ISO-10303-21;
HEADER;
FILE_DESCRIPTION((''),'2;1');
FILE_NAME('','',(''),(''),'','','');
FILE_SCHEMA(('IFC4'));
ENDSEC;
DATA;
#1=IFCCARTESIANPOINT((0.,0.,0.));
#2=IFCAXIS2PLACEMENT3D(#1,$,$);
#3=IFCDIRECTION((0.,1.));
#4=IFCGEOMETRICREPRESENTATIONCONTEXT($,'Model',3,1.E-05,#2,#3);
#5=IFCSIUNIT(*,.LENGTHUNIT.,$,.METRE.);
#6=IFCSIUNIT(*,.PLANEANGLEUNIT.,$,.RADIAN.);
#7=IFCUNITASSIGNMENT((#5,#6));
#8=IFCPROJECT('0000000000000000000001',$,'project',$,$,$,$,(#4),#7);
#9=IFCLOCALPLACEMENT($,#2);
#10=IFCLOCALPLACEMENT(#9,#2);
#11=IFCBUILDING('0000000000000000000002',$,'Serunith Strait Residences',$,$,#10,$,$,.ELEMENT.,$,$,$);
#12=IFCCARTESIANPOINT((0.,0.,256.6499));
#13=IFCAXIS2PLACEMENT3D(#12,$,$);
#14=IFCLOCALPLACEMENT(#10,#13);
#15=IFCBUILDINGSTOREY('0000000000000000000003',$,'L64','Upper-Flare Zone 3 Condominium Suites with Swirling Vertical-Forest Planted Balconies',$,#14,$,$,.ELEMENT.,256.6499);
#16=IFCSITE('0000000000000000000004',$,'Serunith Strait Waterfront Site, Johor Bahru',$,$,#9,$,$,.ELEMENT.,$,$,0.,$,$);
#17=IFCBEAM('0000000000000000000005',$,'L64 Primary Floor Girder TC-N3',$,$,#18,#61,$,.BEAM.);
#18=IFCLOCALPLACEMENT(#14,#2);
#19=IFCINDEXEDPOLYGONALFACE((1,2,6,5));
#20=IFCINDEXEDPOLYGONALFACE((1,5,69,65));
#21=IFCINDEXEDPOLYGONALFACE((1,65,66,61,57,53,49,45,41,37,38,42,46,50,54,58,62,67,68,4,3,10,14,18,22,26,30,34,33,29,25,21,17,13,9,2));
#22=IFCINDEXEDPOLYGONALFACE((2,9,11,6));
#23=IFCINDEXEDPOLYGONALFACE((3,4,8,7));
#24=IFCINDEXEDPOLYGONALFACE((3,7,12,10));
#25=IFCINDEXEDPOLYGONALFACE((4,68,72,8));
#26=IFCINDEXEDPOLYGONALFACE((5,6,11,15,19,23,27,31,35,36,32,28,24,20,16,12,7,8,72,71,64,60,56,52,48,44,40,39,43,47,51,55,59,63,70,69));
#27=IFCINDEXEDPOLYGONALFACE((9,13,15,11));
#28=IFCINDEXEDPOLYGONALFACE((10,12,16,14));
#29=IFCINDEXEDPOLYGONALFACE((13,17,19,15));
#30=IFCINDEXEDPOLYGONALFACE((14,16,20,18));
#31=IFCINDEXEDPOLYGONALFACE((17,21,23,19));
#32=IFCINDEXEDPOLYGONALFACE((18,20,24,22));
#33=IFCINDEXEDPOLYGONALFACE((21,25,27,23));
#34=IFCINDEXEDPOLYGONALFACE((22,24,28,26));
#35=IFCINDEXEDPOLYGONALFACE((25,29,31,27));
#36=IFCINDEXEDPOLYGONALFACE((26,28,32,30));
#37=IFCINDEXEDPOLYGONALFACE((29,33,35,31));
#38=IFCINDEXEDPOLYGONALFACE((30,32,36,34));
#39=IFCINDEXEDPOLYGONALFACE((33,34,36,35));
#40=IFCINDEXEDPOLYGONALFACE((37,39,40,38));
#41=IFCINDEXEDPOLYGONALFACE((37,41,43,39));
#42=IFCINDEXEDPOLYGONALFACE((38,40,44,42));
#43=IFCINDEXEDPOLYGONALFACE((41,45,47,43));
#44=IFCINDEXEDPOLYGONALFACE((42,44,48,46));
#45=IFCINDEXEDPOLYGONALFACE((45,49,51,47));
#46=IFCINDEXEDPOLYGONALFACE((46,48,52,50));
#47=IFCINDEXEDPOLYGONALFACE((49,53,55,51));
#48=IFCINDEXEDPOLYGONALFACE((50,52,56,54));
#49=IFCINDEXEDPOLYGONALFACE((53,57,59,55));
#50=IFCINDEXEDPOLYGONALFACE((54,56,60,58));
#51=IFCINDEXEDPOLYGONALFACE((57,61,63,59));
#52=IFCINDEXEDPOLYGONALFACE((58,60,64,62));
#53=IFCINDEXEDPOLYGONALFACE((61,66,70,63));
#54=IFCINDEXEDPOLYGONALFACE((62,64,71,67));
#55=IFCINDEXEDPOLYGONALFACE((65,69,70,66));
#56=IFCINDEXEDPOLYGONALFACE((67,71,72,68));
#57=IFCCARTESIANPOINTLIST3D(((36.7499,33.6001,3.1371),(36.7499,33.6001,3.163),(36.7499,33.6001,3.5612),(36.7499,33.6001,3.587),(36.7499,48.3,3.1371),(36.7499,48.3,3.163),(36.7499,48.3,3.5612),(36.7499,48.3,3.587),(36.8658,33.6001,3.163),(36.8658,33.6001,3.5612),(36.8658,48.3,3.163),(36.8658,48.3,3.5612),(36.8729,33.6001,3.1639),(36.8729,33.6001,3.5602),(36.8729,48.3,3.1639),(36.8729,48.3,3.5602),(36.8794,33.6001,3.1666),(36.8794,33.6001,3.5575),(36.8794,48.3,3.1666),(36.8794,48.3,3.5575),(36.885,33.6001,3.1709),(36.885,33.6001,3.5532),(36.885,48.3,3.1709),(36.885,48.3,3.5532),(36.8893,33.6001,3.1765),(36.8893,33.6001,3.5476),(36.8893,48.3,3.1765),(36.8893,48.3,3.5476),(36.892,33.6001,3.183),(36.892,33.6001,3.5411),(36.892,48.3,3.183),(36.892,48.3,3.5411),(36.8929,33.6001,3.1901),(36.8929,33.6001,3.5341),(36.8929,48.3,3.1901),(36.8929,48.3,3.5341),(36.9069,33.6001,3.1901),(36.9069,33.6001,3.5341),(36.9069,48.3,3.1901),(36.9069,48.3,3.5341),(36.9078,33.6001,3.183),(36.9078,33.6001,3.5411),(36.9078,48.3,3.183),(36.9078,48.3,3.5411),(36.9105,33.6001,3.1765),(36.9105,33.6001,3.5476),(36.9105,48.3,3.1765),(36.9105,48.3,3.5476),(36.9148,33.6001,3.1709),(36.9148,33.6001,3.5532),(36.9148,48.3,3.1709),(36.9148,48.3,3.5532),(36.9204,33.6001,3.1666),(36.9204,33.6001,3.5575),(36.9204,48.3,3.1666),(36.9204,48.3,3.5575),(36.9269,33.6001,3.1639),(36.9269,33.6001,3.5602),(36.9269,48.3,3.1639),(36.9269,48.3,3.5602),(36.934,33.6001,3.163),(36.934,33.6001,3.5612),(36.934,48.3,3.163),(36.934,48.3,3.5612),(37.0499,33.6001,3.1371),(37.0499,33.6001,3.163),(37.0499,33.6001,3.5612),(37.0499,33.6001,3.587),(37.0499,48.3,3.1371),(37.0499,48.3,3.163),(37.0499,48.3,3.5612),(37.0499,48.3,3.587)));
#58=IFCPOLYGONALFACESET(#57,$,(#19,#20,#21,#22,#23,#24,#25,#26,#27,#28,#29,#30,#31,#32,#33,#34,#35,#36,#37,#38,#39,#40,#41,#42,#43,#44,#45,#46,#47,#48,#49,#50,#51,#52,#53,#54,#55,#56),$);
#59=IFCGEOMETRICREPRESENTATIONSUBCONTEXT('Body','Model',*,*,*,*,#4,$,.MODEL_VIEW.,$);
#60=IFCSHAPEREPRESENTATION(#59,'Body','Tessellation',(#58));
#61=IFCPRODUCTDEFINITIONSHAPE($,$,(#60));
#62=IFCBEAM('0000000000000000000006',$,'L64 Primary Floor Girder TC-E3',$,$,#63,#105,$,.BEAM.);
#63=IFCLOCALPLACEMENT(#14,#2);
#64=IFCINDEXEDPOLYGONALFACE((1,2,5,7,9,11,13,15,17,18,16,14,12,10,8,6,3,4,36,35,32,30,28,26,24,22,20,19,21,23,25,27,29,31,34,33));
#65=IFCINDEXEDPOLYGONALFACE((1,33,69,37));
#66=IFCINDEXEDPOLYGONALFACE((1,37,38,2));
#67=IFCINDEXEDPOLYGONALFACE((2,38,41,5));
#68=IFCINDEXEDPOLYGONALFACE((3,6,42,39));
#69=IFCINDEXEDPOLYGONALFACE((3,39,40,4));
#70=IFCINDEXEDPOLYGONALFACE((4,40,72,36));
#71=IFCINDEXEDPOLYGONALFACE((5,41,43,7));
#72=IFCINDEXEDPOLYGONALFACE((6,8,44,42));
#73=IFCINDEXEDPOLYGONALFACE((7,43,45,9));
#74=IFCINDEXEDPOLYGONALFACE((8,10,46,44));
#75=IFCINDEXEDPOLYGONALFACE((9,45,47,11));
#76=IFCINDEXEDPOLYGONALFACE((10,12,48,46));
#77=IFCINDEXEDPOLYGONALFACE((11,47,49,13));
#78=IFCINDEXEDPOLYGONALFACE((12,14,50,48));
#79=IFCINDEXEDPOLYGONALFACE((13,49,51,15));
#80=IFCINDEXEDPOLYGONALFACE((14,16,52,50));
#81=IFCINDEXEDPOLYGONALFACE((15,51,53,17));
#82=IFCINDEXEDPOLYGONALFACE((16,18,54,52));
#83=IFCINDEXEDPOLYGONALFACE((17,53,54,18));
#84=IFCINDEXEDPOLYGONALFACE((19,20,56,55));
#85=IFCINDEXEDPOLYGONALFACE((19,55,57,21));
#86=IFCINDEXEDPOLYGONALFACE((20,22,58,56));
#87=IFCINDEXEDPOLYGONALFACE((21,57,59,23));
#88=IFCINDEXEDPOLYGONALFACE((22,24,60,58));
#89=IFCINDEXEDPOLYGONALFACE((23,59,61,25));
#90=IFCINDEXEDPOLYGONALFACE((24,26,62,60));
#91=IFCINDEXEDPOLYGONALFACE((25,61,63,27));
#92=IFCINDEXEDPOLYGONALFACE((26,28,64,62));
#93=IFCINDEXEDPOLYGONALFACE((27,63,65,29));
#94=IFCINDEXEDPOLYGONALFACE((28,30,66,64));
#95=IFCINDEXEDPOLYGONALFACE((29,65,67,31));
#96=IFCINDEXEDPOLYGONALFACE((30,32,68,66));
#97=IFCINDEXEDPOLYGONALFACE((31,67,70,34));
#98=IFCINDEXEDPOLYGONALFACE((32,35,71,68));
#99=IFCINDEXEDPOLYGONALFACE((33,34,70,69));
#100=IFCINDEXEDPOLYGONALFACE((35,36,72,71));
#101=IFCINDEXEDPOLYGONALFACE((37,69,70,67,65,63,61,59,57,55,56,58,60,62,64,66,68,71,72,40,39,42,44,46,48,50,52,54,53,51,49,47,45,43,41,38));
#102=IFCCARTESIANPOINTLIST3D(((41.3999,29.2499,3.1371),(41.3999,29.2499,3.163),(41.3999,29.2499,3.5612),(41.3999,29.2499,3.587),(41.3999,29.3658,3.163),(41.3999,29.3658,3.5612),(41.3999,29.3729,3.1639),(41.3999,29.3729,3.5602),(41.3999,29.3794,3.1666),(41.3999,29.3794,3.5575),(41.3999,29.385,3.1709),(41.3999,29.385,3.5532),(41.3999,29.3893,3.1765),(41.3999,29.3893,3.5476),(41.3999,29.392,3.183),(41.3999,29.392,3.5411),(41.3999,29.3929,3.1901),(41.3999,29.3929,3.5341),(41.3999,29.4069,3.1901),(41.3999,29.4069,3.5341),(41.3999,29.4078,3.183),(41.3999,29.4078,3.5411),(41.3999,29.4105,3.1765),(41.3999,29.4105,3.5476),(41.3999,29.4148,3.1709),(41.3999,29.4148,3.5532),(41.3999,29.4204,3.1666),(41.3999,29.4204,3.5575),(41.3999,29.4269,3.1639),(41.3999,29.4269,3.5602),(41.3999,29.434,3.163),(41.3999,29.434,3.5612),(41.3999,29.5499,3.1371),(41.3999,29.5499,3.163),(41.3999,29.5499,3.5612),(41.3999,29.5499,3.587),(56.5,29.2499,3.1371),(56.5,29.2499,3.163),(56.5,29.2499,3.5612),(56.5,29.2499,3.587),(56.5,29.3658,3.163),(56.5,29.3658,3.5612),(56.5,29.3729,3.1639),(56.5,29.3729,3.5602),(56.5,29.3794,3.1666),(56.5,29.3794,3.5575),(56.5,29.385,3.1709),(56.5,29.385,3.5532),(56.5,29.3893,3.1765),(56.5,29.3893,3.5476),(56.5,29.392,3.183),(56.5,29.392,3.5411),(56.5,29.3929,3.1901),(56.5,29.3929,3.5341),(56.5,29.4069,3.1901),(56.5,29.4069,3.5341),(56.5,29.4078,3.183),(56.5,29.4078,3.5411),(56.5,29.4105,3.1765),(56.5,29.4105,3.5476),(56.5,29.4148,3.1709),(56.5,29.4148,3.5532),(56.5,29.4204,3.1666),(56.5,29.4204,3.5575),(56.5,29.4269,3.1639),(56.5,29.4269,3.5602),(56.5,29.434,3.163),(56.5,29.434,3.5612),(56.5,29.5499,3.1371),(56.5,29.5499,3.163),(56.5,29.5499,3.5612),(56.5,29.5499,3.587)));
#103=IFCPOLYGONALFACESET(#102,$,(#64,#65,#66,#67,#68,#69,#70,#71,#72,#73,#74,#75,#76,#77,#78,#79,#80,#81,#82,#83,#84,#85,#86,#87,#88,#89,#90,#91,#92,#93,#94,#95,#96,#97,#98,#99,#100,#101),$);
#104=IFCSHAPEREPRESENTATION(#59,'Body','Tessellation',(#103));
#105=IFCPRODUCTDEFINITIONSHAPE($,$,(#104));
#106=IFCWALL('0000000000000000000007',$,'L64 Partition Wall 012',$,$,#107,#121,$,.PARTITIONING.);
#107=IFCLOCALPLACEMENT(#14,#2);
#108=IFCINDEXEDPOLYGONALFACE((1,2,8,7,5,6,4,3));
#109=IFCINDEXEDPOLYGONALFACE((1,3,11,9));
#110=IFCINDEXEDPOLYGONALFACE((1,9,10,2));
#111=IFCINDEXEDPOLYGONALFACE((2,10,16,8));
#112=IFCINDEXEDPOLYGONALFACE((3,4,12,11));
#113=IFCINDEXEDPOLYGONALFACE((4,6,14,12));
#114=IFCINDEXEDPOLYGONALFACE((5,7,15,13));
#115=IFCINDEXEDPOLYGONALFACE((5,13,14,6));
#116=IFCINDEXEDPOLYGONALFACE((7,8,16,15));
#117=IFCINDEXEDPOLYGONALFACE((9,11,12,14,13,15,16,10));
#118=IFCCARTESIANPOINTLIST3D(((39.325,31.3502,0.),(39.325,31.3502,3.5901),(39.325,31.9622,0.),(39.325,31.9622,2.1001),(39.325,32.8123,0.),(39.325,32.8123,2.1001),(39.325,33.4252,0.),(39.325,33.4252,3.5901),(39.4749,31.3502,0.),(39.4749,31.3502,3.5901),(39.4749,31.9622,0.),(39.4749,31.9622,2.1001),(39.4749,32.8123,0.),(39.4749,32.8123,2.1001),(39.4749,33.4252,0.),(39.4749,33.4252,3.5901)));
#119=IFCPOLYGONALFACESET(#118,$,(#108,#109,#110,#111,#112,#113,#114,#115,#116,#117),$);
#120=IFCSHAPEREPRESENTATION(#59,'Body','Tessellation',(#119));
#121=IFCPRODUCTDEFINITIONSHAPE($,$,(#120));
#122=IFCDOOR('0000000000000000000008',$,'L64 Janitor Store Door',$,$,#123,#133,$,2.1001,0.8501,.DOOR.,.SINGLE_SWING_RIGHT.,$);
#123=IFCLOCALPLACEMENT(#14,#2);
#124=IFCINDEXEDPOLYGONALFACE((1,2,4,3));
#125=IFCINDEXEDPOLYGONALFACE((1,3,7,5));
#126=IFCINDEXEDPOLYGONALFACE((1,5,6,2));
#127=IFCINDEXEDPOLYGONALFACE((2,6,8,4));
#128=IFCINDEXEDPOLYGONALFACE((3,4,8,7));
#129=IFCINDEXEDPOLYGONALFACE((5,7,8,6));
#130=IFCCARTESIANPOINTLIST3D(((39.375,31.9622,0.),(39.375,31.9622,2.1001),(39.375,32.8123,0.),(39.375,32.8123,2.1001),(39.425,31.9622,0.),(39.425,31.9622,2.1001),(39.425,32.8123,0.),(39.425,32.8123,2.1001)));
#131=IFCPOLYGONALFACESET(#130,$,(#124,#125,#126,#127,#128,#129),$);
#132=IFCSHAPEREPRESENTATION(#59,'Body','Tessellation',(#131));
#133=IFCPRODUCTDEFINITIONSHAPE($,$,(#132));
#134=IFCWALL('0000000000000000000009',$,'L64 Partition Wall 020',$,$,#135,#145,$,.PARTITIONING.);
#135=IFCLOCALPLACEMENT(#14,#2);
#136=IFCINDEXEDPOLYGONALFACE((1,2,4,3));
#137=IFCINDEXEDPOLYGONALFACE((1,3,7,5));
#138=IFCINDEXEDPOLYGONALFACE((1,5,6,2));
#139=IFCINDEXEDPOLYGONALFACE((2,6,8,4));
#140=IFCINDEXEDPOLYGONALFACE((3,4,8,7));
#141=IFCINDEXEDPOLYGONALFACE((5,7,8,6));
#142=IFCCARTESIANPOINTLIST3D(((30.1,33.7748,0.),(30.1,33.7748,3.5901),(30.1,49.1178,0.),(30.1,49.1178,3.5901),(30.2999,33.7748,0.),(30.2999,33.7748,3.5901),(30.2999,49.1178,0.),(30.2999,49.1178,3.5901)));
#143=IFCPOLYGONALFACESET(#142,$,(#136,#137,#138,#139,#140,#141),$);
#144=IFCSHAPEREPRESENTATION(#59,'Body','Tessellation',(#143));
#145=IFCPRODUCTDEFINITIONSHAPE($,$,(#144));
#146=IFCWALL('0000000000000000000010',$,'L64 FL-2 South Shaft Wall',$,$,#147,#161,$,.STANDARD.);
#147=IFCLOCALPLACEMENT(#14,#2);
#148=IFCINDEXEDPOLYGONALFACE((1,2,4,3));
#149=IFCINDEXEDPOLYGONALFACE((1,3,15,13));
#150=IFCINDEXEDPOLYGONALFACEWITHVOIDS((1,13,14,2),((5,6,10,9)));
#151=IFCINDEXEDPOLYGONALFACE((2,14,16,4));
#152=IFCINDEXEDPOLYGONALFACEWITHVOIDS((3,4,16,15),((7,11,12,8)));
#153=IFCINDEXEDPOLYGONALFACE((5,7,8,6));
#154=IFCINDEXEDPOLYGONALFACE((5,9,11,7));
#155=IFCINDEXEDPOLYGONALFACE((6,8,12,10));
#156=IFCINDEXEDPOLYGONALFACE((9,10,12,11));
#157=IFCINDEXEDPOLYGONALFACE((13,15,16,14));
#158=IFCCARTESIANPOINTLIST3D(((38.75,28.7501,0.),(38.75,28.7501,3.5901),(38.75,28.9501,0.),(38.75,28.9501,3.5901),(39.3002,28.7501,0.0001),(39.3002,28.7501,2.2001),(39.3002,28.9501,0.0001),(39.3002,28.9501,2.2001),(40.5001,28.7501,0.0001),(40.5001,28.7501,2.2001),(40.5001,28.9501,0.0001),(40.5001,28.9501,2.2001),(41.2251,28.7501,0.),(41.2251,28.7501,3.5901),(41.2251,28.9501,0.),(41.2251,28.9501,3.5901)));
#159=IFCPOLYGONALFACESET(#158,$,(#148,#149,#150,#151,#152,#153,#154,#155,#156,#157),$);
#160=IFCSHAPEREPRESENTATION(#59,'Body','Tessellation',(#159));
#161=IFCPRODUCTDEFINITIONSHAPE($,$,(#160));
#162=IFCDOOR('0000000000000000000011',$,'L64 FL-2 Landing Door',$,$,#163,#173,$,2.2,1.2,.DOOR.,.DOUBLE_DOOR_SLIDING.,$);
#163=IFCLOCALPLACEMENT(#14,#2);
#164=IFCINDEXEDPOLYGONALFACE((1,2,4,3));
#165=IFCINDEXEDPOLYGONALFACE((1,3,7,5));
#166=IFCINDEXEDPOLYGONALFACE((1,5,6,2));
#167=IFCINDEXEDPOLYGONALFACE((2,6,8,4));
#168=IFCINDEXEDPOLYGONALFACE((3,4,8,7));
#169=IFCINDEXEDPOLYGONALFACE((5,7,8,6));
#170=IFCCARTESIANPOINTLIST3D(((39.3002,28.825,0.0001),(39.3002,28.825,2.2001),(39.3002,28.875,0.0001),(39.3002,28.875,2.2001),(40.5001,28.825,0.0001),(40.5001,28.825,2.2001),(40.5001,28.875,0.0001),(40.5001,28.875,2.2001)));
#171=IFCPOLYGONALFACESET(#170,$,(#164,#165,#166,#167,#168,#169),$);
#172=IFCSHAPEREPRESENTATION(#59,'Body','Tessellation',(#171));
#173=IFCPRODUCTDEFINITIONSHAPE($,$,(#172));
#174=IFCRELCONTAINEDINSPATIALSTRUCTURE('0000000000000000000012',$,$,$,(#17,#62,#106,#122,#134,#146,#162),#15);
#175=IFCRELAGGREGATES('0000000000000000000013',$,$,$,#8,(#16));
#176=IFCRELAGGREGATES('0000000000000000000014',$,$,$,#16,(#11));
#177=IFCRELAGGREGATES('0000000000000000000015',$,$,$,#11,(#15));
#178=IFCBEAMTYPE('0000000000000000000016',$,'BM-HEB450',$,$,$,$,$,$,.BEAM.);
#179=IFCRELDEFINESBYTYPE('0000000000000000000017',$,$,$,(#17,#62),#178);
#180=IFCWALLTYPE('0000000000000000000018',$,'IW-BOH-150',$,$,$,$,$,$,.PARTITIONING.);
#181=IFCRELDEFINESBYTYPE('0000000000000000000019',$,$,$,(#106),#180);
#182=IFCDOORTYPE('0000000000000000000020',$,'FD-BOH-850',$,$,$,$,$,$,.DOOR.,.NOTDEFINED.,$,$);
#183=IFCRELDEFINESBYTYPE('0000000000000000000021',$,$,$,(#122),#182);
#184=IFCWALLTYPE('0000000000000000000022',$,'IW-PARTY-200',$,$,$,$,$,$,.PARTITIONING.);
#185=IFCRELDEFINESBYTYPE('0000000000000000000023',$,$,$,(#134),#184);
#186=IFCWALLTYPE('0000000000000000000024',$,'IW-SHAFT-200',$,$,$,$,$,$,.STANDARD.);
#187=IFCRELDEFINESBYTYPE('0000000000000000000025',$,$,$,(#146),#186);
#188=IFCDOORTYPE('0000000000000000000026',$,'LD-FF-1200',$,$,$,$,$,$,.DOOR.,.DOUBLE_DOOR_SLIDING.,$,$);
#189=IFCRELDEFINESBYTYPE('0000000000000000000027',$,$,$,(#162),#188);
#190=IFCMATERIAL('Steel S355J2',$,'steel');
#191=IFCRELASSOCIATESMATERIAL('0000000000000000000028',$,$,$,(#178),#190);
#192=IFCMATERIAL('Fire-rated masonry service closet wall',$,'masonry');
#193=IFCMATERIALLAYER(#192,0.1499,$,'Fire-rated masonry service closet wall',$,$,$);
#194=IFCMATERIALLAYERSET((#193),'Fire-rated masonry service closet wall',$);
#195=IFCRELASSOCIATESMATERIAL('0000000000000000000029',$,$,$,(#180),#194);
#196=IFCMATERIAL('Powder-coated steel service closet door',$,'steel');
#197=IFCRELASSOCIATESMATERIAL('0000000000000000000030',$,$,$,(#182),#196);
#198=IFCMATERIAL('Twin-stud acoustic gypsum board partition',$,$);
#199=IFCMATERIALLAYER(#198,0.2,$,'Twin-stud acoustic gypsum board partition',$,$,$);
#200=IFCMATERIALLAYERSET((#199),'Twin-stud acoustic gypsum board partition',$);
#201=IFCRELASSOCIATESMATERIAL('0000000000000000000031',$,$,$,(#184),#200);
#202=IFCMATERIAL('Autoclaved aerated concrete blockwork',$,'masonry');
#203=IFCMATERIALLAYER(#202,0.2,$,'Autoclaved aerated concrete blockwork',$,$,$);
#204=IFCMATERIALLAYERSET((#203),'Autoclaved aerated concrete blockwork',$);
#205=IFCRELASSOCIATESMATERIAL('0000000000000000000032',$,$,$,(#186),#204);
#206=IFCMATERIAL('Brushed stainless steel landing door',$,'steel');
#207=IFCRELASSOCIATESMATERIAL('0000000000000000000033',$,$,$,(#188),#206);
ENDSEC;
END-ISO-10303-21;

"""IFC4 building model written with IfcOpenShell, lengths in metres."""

from ifc_helpers import new_model, si_unit, direction, frame, frame_2d, origin, origin_2d, place, context, subcontext, project, spatial, rectangle, i_section, extrude, source, transform, mapped, material, layer, layer_set, material_profile, profile_set, type_object, element, fill, save


model = new_model("IFC4")

# Units and contexts
model_context = context("Model", 3, precision=1e-05, world=origin(), true_north=direction((0.0, 1.0)))
body_context = subcontext(model_context, "Body", "Model", "MODEL_VIEW")
ifc_project = project(units=[si_unit("LENGTHUNIT", "METRE"), si_unit("PLANEANGLEUNIT", "RADIAN")], contexts=[model_context])

# Site, building, storey
site_placement = place(None, origin())
site = spatial("IfcSite", under=ifc_project, at=site_placement, Name="Serunith Strait Waterfront Site, Johor Bahru", CompositionType="ELEMENT", RefElevation=0.0)
building_placement = place(site_placement, origin())
building = spatial("IfcBuilding", under=site, at=building_placement, Name="Serunith Strait Residences", CompositionType="ELEMENT")
storey_placement = place(building_placement, frame((0.0, 0.0, 256.6499)))
storey = spatial("IfcBuildingStorey", under=building, at=storey_placement, Name="L64", Description="Upper-Flare Zone 3 Condominium Suites with Swirling Vertical-Forest Planted Balconies", CompositionType="ELEMENT", Elevation=256.6499)

# Beams
ifc_material_1 = material(Name="Steel S355J2", Category="steel")
ifc_material_profile = material_profile(ifc_material_1, i_section(OverallWidth=0.3, OverallDepth=0.45, WebThickness=0.0139, FlangeThickness=0.0259, FilletRadius=0.0271, at=origin_2d()), Name="HEB 450")
ifc_profile_set = profile_set([ifc_material_profile], Name="Steel S355J2")
beam_type = type_object("IfcBeamType", Name="BM-HEB450", PredefinedType="BEAM", material=ifc_profile_set)
shared_shape_1 = source(origin(), body_context, "Body", "SweptSolid", [
    extrude(i_section(OverallWidth=0.3, OverallDepth=0.45, WebThickness=0.0139, FlangeThickness=0.0259, FilletRadius=0.0271, at=origin_2d()), origin(), (0.0, 0.0, 1.0), 14.7),
])
beam_1_placement = place(storey_placement, frame((36.8999, 33.6001, 3.3621), z_axis=(0.0, 1.0, 0.0), x_axis=(-1.0, 0.0, 0.0)))
element("IfcBeam", 1, at=beam_1_placement, inside=storey, type_object=beam_type, Name="L64 Primary Floor Girder TC-N3", PredefinedType="BEAM", context=body_context, shape_type="MappedRepresentation", body=[
    mapped(shared_shape_1, transform((0.0, 0.0, 0.0), scale=1.0)),
])
shared_shape_2 = source(origin(), body_context, "Body", "SweptSolid", [
    extrude(i_section(OverallWidth=0.3, OverallDepth=0.45, WebThickness=0.0139, FlangeThickness=0.0259, FilletRadius=0.0271, at=origin_2d()), origin(), (0.0, 0.0, 1.0), 15.1001),
])
beam_2_placement = place(storey_placement, frame((41.3999, 29.3999, 3.3621), z_axis=(1.0, 0.0, 0.0), x_axis=(0.0, 1.0, 0.0)))
element("IfcBeam", 2, at=beam_2_placement, inside=storey, type_object=beam_type, Name="L64 Primary Floor Girder TC-E3", PredefinedType="BEAM", context=body_context, shape_type="MappedRepresentation", body=[
    mapped(shared_shape_2, transform((0.0, 0.0, 0.0), scale=1.0)),
])

# Wall, opening, door
ifc_material_2 = material(Name="Fire-rated masonry service closet wall", Category="masonry")
ifc_layer_1 = layer(ifc_material_2, 0.1499, Name="Fire-rated masonry service closet wall")
ifc_layer_set_1 = layer_set([ifc_layer_1], Name="Fire-rated masonry service closet wall")
wall_type_1 = type_object("IfcWallType", Name="IW-BOH-150", PredefinedType="PARTITIONING", material=ifc_layer_set_1)
wall_1_placement = place(storey_placement, frame((39.3999, 31.3501, 0.0), z_axis=(0.0, 0.0, 1.0), x_axis=(0.0, 1.0, 0.0)))
wall_1 = element("IfcWall", 3, at=wall_1_placement, inside=storey, type_object=wall_type_1, Name="L64 Partition Wall 012", PredefinedType="PARTITIONING", context=body_context, shape_type="SweptSolid", body=[
    extrude(rectangle(XDim=2.075, YDim=0.1499, at=frame_2d((1.0376, 0.0))), origin(), (0.0, 0.0, 1.0), 3.5901),
])
opening_1_placement = place(wall_1_placement, frame((0.6121, 0.0, 0.0)))
opening_1 = element("IfcOpeningElement", 4, at=opening_1_placement, cuts=wall_1, PredefinedType="OPENING", context=body_context, shape_type="SweptSolid", body=[
    extrude(rectangle(XDim=0.8501, YDim=2.1001, at=frame_2d((0.425, 1.05))), frame((0.0, 0.085, 0.0), z_axis=(0.0, -1.0, 0.0), x_axis=(1.0, 0.0, 0.0)), (0.0, 0.0, 1.0), 0.1699),
])
ifc_material_3 = material(Name="Powder-coated steel service closet door", Category="steel")
door_type_1 = type_object("IfcDoorType", Name="FD-BOH-850", OperationType="NOTDEFINED", PredefinedType="DOOR", material=ifc_material_3)
shared_shape_3 = source(origin(), body_context, "Body", "SweptSolid", [
    extrude(rectangle(XDim=0.8501, YDim=2.1001, at=frame_2d((0.425, 1.05))), frame((0.0, 0.0249, 0.0), z_axis=(0.0, -1.0, 0.0), x_axis=(1.0, 0.0, 0.0)), (0.0, 0.0, 1.0), 0.05),
])
door_1_placement = place(opening_1_placement, origin())
door_1 = element("IfcDoor", 5, at=door_1_placement, inside=storey, type_object=door_type_1, Name="L64 Janitor Store Door", OperationType="SINGLE_SWING_RIGHT", OverallHeight=2.1001, OverallWidth=0.8501, PredefinedType="DOOR", context=body_context, shape_type="MappedRepresentation", body=[
    mapped(shared_shape_3, transform((0.0, 0.0, 0.0), scale=1.0)),
])
fill(opening_1, door_1)

# Wall
ifc_material_4 = material(Name="Twin-stud acoustic gypsum board partition")
ifc_layer_2 = layer(ifc_material_4, 0.2, Name="Twin-stud acoustic gypsum board partition")
ifc_layer_set_2 = layer_set([ifc_layer_2], Name="Twin-stud acoustic gypsum board partition")
wall_type_2 = type_object("IfcWallType", Name="IW-PARTY-200", PredefinedType="PARTITIONING", material=ifc_layer_set_2)
wall_2_placement = place(storey_placement, frame((30.2, 33.7749, 0.0), z_axis=(0.0, 0.0, 1.0), x_axis=(0.0, 1.0, 0.0)))
element("IfcWall", 6, at=wall_2_placement, inside=storey, type_object=wall_type_2, Name="L64 Partition Wall 020", PredefinedType="PARTITIONING", context=body_context, shape_type="SweptSolid", body=[
    extrude(rectangle(XDim=15.343, YDim=0.2, at=frame_2d((7.6714, 0.0))), origin(), (0.0, 0.0, 1.0), 3.5901),
])

# Wall, opening, door
ifc_material_5 = material(Name="Autoclaved aerated concrete blockwork", Category="masonry")
ifc_layer_3 = layer(ifc_material_5, 0.2, Name="Autoclaved aerated concrete blockwork")
ifc_layer_set_3 = layer_set([ifc_layer_3], Name="Autoclaved aerated concrete blockwork")
wall_type_3 = type_object("IfcWallType", Name="IW-SHAFT-200", PredefinedType="STANDARD", material=ifc_layer_set_3)
wall_3_placement = place(storey_placement, frame((38.75, 28.8501, 0.0), z_axis=(0.0, 0.0, 1.0), x_axis=(1.0, 0.0, 0.0)))
wall_3 = element("IfcWall", 7, at=wall_3_placement, inside=storey, type_object=wall_type_3, Name="L64 FL-2 South Shaft Wall", PredefinedType="STANDARD", context=body_context, shape_type="SweptSolid", body=[
    extrude(rectangle(XDim=2.4751, YDim=0.2, at=frame_2d((1.2375, 0.0))), origin(), (0.0, 0.0, 1.0), 3.5901),
])
opening_2_placement = place(wall_3_placement, frame((0.55, 0.0, 0.0)))
opening_2 = element("IfcOpeningElement", 8, at=opening_2_placement, cuts=wall_3, PredefinedType="OPENING", context=body_context, shape_type="SweptSolid", body=[
    extrude(rectangle(XDim=1.2, YDim=2.2, at=frame_2d((0.6001, 1.1001))), frame((0.0, 0.1099, 0.0), z_axis=(0.0, -1.0, 0.0), x_axis=(1.0, 0.0, 0.0)), (0.0, 0.0, 1.0), 0.22),
])
ifc_material_6 = material(Name="Brushed stainless steel landing door", Category="steel")
door_type_2 = type_object("IfcDoorType", Name="LD-FF-1200", OperationType="DOUBLE_DOOR_SLIDING", PredefinedType="DOOR", material=ifc_material_6)
shared_shape_4 = source(origin(), body_context, "Body", "SweptSolid", [
    extrude(rectangle(XDim=1.2, YDim=2.2, at=frame_2d((0.6001, 1.1001))), frame((0.0, 0.0249, 0.0), z_axis=(0.0, -1.0, 0.0), x_axis=(1.0, 0.0, 0.0)), (0.0, 0.0, 1.0), 0.05),
])
door_2_placement = place(opening_2_placement, origin())
door_2 = element("IfcDoor", 9, at=door_2_placement, inside=storey, type_object=door_type_2, Name="L64 FL-2 Landing Door", OperationType="DOUBLE_DOOR_SLIDING", OverallHeight=2.2, OverallWidth=1.2, PredefinedType="DOOR", context=body_context, shape_type="MappedRepresentation", body=[
    mapped(shared_shape_4, transform((0.0, 0.0, 0.0), scale=1.0)),
])
fill(opening_2, door_2)

save(model, "model.ifc")
